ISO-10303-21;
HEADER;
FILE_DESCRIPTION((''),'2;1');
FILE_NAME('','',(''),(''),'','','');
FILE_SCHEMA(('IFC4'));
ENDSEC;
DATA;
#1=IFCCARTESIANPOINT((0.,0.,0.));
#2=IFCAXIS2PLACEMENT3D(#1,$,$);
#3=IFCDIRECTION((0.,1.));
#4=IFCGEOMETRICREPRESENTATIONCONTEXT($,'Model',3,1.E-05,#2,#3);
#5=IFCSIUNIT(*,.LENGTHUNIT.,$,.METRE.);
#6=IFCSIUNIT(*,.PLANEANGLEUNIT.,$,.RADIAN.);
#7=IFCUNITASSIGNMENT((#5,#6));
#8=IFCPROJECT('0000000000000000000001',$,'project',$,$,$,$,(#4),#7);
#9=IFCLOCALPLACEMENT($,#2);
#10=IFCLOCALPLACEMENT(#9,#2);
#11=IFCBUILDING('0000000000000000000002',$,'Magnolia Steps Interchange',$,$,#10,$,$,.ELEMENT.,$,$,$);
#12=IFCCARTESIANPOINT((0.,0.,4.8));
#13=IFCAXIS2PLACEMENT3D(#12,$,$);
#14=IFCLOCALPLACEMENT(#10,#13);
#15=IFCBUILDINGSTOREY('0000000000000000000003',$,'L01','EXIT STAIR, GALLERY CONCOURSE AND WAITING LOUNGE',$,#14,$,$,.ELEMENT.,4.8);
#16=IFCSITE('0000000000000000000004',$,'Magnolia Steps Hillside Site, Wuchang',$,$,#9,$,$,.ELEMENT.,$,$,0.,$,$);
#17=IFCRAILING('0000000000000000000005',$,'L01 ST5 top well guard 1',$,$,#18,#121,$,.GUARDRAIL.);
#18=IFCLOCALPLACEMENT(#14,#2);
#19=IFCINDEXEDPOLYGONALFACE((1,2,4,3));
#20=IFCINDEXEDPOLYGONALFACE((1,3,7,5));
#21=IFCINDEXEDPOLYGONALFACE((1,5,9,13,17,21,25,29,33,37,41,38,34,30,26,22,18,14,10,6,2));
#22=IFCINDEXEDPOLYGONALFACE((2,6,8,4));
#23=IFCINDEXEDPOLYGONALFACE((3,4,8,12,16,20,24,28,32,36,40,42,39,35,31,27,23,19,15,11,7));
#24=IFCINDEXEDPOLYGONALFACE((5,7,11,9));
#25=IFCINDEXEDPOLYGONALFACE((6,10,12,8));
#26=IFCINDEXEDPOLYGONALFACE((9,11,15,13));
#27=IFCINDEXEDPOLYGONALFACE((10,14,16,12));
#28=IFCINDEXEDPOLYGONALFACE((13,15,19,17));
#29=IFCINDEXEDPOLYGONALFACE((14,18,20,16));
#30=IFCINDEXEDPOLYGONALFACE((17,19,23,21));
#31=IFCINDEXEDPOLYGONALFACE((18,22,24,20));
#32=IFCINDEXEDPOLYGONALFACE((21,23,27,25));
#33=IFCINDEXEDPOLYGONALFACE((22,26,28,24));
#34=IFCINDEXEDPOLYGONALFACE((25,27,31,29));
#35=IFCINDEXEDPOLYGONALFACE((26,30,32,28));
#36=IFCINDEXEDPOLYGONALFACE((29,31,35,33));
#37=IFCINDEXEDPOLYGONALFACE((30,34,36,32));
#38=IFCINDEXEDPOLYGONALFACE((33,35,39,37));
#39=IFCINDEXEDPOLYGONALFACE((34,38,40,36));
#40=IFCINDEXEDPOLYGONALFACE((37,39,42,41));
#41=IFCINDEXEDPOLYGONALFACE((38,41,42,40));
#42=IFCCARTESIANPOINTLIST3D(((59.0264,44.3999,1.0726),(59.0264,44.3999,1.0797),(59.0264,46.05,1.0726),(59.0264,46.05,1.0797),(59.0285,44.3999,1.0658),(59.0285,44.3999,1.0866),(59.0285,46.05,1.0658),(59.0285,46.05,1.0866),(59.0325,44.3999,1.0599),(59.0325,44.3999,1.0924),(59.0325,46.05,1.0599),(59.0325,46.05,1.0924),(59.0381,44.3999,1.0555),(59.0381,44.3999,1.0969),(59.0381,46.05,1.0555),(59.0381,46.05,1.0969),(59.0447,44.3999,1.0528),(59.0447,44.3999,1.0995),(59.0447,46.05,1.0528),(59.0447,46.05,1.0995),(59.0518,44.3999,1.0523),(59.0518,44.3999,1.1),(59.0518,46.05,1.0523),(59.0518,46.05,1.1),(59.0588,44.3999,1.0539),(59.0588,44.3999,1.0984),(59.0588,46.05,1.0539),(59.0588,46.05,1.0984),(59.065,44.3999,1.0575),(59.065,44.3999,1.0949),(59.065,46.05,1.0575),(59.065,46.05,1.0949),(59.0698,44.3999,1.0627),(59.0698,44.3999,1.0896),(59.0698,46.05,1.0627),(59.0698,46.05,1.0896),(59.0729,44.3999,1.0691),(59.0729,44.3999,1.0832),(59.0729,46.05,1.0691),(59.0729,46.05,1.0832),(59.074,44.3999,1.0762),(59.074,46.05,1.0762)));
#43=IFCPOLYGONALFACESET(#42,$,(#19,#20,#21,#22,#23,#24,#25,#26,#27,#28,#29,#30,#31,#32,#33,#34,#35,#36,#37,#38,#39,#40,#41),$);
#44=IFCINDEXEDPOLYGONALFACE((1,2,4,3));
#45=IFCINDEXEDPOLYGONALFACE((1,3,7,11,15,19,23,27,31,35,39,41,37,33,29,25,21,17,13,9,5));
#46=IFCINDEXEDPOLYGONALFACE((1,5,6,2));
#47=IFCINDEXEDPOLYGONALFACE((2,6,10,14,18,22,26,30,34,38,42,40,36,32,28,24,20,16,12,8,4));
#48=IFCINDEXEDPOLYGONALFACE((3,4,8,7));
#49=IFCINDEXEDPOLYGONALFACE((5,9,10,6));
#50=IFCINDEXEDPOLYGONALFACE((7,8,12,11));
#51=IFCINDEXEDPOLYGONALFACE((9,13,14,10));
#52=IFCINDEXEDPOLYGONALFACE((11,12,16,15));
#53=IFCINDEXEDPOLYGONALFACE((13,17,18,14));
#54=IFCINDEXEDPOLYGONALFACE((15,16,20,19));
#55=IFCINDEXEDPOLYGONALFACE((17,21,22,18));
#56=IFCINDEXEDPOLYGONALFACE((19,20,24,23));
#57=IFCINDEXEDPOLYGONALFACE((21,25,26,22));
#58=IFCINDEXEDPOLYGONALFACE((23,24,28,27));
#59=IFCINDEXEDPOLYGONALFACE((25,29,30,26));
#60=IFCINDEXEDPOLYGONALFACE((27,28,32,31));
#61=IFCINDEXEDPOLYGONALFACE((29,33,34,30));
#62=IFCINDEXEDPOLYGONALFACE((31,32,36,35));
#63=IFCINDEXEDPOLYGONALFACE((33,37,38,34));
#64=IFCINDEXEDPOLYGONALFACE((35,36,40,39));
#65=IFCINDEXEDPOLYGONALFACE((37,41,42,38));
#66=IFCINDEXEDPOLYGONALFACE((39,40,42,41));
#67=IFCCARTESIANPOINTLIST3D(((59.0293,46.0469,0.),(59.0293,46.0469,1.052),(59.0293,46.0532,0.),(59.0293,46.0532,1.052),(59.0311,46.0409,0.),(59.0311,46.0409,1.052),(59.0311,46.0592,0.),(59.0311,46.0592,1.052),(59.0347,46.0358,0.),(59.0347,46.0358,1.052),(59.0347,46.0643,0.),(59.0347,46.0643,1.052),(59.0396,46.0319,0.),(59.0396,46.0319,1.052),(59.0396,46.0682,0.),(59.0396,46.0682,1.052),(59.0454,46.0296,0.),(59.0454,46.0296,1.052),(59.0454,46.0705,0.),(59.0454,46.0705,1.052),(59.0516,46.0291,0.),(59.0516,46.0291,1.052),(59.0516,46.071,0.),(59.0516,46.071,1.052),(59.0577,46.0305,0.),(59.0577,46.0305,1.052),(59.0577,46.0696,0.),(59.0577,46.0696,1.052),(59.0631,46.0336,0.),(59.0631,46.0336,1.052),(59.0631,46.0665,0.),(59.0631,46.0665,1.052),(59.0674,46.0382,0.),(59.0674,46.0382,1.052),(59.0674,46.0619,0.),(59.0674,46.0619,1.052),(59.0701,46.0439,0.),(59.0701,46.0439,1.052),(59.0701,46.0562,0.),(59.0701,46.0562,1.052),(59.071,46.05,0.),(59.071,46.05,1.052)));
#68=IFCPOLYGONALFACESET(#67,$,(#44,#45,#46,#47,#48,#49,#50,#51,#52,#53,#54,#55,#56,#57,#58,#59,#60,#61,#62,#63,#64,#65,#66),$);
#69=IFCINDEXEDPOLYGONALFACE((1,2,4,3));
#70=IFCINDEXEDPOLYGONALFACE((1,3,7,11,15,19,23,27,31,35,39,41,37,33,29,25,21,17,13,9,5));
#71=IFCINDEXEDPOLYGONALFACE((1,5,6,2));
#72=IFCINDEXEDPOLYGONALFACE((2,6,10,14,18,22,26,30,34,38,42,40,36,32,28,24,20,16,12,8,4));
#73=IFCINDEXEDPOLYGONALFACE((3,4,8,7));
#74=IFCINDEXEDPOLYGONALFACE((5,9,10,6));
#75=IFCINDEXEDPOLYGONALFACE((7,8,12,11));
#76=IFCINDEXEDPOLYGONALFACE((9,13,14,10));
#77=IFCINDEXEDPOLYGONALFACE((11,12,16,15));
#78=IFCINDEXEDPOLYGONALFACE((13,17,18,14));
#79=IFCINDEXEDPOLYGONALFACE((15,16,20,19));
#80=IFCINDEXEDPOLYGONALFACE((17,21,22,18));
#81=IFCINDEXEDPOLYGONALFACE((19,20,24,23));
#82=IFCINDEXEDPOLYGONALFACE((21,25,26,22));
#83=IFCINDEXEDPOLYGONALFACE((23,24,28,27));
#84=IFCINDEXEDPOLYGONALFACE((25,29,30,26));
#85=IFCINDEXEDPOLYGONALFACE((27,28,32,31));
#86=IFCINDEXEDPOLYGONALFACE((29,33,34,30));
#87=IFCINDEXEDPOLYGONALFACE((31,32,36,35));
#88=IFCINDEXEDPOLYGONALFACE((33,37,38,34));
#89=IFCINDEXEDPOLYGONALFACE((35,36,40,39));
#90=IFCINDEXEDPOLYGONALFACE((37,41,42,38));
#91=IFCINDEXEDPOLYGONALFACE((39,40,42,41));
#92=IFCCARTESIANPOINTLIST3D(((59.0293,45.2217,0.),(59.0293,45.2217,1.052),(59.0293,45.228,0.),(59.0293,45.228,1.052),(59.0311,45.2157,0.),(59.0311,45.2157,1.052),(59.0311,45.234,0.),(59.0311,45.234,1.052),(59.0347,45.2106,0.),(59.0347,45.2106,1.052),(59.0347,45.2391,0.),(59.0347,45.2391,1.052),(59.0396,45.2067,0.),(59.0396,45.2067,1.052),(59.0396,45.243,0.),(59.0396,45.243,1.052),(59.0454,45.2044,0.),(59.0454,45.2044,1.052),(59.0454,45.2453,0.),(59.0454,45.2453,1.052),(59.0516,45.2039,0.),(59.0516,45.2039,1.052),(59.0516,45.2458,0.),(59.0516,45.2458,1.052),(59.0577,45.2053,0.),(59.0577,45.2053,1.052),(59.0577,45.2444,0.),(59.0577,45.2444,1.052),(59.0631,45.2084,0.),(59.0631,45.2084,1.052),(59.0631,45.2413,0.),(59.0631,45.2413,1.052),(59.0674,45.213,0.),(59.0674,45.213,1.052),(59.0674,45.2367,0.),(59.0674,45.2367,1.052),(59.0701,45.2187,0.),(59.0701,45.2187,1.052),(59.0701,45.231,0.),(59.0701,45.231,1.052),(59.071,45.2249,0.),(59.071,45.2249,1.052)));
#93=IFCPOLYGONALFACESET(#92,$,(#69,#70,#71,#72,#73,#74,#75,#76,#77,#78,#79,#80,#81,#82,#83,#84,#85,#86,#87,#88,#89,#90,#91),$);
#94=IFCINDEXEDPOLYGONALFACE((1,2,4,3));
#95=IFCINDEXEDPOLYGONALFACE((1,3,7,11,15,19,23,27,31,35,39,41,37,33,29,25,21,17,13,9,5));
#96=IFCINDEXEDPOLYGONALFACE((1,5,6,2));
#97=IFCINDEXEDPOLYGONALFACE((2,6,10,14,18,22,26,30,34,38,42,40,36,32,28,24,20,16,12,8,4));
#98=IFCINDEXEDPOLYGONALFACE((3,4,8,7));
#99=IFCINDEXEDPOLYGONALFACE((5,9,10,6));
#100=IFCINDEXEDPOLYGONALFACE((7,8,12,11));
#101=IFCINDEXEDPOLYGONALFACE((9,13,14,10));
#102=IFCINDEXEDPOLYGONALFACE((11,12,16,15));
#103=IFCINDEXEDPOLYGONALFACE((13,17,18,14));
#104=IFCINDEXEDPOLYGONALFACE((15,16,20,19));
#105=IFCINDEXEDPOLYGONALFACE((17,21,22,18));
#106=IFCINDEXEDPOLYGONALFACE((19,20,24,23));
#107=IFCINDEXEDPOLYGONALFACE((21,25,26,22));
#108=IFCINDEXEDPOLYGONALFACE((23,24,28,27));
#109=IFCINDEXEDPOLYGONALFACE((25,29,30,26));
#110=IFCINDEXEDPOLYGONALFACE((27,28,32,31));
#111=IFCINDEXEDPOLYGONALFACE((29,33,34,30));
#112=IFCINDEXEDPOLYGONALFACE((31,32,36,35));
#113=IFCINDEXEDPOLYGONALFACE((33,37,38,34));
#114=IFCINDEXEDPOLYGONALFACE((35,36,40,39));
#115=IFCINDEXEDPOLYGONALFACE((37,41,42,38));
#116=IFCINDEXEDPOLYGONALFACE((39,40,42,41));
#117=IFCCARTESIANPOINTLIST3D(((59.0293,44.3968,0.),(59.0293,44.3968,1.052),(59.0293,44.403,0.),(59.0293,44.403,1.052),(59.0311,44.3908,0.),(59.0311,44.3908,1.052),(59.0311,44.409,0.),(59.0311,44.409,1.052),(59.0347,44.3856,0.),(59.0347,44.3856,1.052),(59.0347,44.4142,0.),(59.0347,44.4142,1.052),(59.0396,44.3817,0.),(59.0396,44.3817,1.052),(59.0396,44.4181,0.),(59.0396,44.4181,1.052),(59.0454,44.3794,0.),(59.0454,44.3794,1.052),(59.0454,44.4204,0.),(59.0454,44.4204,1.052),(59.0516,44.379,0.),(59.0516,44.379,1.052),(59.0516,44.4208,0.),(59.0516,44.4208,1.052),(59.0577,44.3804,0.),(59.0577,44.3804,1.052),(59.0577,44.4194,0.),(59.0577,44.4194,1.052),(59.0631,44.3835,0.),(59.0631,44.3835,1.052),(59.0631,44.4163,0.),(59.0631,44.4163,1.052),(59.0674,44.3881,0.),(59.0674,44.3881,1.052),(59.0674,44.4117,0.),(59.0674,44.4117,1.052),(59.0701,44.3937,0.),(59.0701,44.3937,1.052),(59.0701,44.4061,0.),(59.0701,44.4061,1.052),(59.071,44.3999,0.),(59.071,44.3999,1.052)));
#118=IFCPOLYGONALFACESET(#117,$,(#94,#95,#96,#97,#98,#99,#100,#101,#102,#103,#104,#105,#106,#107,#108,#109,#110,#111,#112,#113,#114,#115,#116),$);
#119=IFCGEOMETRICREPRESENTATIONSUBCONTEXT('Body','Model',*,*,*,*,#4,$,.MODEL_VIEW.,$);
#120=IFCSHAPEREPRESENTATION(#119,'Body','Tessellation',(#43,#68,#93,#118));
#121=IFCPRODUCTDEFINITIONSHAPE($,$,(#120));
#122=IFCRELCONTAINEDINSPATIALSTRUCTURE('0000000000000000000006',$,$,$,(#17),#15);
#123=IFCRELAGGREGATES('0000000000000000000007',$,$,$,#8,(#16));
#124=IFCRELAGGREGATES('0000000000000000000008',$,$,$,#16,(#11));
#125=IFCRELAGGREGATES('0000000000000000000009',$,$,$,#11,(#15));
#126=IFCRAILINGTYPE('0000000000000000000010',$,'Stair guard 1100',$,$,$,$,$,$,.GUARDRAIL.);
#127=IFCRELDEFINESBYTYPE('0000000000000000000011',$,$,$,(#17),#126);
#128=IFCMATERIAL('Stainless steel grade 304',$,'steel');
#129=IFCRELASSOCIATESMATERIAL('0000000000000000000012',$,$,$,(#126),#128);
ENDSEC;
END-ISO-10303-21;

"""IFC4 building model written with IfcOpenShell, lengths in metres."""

from ifc_helpers import new_model, si_unit, direction, frame, origin, origin_2d, place, context, subcontext, project, spatial, circle, extrude, material, type_object, element, save


model = new_model("IFC4")

# Units and contexts
model_context = context("Model", 3, precision=1e-05, world=origin(), true_north=direction((0.0, 1.0)))
body_context = subcontext(model_context, "Body", "Model", "MODEL_VIEW")
ifc_project = project(units=[si_unit("LENGTHUNIT", "METRE"), si_unit("PLANEANGLEUNIT", "RADIAN")], contexts=[model_context])

# Site, building, storey
site_placement = place(None, origin())
site = spatial("IfcSite", under=ifc_project, at=site_placement, Name="Magnolia Steps Hillside Site, Wuchang", CompositionType="ELEMENT", RefElevation=0.0)
building_placement = place(site_placement, origin())
building = spatial("IfcBuilding", under=site, at=building_placement, Name="Magnolia Steps Interchange", CompositionType="ELEMENT")
storey_placement = place(building_placement, frame((0.0, 0.0, 4.8)))
storey = spatial("IfcBuildingStorey", under=building, at=storey_placement, Name="L01", Description="EXIT STAIR, GALLERY CONCOURSE AND WAITING LOUNGE", CompositionType="ELEMENT", Elevation=4.8)

# Railing
ifc_material_1 = material(Name="Stainless steel grade 304", Category="steel")
railing_type = type_object("IfcRailingType", Name="Stair guard 1100", PredefinedType="GUARDRAIL", material=ifc_material_1)
railing_1_placement = place(storey_placement, frame((59.05, 46.05, 0.0)))
element("IfcRailing", 1, at=railing_1_placement, inside=storey, type_object=railing_type, Name="L01 ST5 top well guard 1", PredefinedType="GUARDRAIL", context=body_context, shape_type="SweptSolid", body=[
    extrude(circle(Radius=0.0239, at=origin_2d()), frame((0.0, 0.0, 1.0762), z_axis=(0.0, -1.0, 0.0), x_axis=(1.0, 0.0, 0.0)), (0.0, 0.0, 1.0), 1.6501),
    extrude(circle(Radius=0.021, at=origin_2d()), origin(), (0.0, 0.0, 1.0), 1.052),
    extrude(circle(Radius=0.021, at=origin_2d()), frame((0.0, -0.8252, 0.0)), (0.0, 0.0, 1.0), 1.052),
    extrude(circle(Radius=0.021, at=origin_2d()), frame((0.0, -1.6501, 0.0)), (0.0, 0.0, 1.0), 1.052),
])

save(model, "model.ifc")
